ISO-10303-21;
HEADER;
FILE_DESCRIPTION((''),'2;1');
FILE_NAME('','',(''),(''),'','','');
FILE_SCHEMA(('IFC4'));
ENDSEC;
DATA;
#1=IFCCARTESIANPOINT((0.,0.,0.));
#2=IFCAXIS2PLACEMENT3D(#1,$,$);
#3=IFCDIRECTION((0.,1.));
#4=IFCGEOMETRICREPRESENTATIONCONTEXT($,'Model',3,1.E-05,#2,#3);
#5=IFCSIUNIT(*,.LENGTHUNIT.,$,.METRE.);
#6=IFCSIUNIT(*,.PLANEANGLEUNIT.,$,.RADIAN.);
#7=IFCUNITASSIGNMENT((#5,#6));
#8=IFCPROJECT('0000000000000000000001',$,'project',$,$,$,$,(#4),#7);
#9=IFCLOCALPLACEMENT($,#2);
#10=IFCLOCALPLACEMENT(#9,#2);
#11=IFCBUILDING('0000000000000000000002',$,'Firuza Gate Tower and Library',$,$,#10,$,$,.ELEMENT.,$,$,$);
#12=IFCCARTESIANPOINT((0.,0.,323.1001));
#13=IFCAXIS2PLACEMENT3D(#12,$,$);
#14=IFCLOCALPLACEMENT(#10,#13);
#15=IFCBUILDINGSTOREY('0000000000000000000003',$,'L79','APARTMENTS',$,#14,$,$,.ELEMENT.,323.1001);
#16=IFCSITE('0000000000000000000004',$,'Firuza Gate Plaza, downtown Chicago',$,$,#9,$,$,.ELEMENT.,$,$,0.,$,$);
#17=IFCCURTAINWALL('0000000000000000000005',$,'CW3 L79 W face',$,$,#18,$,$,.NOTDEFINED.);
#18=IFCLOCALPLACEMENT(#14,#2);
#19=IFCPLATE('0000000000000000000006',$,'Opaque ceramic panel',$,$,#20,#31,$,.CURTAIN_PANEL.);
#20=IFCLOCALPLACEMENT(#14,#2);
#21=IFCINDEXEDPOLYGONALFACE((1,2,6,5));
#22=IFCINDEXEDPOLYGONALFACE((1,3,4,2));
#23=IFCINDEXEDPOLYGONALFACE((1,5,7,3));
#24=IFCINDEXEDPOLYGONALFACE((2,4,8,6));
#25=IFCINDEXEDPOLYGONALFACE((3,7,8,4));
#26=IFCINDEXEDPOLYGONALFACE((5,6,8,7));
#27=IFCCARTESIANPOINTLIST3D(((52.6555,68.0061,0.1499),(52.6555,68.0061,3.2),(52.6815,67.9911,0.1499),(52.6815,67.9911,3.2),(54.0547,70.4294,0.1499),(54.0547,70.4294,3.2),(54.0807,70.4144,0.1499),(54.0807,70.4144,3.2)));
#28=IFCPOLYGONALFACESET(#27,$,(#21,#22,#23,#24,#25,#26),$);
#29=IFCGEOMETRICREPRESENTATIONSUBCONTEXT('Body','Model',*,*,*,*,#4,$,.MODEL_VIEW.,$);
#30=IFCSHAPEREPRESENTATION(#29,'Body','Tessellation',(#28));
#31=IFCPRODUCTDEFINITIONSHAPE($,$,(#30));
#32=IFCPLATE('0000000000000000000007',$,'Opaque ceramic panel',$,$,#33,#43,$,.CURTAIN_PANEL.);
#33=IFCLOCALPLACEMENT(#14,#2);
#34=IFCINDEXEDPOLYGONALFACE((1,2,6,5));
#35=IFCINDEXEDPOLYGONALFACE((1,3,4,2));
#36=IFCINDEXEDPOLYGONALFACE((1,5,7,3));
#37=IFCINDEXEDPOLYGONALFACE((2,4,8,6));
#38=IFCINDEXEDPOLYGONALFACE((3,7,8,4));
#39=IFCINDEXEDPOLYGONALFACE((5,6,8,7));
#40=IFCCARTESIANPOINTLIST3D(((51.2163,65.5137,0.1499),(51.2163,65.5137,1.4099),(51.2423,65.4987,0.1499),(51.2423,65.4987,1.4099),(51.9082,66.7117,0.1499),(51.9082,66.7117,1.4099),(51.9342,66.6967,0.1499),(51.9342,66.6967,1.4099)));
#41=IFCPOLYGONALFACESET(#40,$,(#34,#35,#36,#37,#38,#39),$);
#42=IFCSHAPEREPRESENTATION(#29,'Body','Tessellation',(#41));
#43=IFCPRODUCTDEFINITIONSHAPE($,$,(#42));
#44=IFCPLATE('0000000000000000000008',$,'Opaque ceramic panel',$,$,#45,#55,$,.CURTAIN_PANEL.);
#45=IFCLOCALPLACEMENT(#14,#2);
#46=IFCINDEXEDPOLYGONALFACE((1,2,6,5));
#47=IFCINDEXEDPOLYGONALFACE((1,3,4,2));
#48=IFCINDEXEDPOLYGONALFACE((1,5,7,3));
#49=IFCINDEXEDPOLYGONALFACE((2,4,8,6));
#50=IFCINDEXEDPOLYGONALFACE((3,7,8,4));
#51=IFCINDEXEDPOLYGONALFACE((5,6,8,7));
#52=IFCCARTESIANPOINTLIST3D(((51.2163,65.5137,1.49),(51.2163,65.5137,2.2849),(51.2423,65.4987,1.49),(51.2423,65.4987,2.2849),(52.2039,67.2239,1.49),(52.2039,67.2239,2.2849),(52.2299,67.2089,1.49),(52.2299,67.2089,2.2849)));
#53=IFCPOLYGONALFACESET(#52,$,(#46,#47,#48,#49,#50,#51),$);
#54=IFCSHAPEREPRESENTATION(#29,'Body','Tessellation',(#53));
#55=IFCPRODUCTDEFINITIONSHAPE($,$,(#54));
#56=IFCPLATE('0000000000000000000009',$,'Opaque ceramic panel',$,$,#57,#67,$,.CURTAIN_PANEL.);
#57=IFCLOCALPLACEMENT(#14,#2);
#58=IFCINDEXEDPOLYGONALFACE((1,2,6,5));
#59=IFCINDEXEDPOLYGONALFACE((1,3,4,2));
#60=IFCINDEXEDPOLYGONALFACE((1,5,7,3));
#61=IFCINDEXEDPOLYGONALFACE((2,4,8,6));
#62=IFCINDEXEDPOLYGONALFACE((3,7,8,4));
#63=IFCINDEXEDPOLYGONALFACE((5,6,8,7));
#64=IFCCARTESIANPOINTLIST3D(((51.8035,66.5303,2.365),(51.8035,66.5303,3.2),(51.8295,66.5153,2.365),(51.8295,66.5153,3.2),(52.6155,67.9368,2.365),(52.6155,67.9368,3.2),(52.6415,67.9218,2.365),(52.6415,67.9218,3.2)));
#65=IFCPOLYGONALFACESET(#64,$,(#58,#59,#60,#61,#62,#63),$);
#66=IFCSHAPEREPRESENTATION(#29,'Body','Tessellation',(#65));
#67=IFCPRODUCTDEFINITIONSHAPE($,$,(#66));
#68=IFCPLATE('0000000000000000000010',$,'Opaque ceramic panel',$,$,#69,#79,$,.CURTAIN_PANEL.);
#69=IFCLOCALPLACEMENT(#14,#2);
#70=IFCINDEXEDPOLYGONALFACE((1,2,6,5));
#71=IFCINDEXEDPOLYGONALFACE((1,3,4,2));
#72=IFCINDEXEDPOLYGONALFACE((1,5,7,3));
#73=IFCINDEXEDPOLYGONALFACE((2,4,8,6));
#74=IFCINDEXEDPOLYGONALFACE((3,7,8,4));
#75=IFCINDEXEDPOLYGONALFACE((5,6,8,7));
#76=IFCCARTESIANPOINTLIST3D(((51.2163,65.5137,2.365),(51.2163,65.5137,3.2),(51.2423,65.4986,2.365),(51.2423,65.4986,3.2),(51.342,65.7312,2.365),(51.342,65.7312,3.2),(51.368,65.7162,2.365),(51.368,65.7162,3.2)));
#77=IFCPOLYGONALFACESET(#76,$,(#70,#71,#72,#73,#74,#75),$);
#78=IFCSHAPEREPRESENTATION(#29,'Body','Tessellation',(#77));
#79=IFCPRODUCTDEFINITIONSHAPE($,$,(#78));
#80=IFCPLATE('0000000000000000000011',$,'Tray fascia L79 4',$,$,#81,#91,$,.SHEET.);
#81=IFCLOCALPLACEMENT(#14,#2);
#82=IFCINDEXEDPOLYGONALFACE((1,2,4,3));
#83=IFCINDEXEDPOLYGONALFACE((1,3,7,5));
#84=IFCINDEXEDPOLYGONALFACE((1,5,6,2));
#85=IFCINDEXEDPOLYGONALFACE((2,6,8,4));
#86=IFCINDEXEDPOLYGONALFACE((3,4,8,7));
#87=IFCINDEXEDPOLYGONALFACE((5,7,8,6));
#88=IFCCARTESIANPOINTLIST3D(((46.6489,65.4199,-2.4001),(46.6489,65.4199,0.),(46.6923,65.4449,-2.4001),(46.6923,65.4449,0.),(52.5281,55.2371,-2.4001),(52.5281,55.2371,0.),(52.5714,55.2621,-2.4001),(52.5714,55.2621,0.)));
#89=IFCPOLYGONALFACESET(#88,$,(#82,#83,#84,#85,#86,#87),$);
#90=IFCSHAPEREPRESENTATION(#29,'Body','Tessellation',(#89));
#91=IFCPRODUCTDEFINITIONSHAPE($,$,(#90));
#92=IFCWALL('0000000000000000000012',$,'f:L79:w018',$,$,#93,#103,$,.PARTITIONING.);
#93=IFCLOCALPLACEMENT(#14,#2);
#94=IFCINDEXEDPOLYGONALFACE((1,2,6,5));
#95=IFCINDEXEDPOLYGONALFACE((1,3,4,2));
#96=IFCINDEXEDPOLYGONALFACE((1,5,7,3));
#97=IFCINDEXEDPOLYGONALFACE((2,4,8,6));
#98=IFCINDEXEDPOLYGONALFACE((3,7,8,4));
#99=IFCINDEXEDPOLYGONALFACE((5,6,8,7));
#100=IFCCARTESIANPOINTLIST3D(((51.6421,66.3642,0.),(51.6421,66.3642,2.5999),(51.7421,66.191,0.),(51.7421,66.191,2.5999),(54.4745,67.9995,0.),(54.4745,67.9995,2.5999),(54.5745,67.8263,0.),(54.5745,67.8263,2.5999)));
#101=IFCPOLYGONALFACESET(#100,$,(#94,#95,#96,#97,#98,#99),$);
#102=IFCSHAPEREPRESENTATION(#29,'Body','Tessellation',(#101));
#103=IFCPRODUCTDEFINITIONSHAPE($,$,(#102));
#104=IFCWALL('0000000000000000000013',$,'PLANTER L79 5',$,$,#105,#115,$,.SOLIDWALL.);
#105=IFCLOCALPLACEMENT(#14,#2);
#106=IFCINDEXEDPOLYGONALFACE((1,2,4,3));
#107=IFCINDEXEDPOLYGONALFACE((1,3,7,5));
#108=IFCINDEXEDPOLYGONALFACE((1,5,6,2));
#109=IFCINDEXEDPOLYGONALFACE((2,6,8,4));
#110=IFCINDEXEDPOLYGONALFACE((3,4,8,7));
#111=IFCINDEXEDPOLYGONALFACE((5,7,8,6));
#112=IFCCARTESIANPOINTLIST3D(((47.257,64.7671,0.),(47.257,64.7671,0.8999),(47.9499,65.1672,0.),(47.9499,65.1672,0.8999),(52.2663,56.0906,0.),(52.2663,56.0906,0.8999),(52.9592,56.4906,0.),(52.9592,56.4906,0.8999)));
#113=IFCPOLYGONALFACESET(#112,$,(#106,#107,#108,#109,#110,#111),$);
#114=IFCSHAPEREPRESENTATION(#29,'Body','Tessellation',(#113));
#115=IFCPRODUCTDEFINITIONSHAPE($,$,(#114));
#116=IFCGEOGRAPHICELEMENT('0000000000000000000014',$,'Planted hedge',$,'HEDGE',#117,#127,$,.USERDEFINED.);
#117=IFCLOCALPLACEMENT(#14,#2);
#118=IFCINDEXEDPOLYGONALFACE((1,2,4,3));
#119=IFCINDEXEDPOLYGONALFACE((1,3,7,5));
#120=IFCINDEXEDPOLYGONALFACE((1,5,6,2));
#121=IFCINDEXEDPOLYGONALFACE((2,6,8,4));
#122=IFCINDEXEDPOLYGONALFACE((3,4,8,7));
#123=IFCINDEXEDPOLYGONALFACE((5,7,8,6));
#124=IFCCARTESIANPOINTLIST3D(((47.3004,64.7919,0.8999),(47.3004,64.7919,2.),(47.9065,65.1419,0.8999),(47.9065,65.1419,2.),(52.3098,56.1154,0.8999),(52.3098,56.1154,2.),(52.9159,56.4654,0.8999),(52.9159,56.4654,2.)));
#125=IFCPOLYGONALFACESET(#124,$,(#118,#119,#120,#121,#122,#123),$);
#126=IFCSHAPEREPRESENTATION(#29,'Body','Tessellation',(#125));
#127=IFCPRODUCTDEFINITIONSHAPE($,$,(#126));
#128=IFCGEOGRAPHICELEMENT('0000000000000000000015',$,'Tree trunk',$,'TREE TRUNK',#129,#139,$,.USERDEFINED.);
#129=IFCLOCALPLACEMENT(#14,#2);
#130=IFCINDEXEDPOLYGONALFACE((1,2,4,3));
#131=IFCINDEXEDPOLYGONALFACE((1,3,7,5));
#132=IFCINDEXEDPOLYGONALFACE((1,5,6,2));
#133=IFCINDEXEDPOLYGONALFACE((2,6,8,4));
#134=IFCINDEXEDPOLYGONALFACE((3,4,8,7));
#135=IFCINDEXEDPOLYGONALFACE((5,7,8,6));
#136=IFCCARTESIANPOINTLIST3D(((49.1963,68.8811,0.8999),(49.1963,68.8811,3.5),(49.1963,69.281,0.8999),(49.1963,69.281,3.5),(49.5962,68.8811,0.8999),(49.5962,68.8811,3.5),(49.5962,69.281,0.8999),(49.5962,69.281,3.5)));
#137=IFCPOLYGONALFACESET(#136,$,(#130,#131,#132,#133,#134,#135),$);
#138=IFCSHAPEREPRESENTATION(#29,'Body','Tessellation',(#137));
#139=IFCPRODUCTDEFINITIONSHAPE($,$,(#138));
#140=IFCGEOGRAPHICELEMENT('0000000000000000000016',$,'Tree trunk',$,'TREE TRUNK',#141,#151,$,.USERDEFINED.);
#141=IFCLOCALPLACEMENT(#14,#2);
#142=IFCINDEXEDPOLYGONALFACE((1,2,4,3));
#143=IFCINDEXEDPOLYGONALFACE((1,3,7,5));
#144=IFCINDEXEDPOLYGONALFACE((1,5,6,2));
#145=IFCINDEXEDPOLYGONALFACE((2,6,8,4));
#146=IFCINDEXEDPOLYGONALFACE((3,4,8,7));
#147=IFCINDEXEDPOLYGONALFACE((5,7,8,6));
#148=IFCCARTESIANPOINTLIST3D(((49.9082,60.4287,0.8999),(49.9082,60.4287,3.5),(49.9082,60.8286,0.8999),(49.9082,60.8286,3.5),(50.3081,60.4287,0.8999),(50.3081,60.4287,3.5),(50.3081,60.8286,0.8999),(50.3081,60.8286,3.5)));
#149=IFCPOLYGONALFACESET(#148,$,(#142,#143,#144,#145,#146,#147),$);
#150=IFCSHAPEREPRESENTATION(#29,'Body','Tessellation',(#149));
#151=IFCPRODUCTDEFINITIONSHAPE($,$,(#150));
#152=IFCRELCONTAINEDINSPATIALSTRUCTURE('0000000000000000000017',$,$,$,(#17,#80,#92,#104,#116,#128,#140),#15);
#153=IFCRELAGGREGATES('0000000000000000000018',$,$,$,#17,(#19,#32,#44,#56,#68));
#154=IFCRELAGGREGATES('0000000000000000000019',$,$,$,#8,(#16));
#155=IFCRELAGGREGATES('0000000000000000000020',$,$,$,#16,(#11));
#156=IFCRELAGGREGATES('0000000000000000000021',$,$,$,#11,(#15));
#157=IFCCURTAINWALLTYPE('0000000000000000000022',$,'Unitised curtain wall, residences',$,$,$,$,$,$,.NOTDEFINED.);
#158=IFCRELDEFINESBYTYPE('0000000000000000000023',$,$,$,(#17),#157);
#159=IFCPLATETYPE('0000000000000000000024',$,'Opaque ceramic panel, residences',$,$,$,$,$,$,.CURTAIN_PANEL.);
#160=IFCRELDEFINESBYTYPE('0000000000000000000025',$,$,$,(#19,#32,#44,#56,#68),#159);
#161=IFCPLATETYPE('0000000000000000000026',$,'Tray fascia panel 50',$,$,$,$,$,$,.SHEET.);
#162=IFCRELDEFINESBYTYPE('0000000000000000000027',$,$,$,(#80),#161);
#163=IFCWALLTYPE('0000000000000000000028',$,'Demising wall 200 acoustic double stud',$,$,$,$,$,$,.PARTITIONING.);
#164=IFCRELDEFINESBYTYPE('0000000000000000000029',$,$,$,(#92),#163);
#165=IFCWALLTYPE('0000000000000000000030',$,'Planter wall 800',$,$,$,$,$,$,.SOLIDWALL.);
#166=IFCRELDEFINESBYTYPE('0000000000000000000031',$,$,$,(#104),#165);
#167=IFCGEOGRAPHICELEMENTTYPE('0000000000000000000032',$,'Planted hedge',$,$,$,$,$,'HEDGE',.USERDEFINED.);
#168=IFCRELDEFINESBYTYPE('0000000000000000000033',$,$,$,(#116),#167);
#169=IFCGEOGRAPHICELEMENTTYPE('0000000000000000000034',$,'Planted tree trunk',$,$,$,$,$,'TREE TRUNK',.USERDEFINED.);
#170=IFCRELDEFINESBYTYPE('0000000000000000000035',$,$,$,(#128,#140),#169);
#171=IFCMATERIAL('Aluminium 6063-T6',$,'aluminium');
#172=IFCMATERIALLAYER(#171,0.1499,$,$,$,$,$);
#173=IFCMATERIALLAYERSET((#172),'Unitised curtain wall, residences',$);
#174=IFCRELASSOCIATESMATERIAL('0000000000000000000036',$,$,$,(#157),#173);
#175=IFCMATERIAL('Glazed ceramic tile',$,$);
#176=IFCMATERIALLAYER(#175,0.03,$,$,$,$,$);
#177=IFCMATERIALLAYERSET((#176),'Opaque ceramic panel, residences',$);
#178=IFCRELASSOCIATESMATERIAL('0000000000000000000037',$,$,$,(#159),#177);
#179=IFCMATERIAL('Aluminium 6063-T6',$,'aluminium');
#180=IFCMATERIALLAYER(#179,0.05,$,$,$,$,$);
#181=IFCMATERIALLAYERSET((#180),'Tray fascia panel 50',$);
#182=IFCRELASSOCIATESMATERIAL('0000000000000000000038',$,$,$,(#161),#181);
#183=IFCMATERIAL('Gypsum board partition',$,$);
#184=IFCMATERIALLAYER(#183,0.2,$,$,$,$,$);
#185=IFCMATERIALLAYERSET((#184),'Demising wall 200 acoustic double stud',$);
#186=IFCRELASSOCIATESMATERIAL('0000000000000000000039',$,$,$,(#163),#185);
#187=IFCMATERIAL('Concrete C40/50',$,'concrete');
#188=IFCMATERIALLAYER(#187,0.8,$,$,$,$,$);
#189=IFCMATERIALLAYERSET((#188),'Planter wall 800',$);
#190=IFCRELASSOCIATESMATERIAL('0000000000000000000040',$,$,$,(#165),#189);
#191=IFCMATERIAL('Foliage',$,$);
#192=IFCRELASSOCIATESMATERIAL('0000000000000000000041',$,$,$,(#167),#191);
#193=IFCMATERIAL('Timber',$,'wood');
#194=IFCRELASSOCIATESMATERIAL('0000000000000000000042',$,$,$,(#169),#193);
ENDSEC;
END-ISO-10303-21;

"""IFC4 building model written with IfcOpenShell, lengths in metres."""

from ifc_helpers import new_model, si_unit, direction, frame, frame_2d, origin, origin_2d, place, context, subcontext, project, spatial, polyline, rectangle, outline, extrude, material, layer, layer_set, type_object, element, aggregate, save


model = new_model("IFC4")

# Units and contexts
model_context = context("Model", 3, precision=1e-05, world=origin(), true_north=direction((0.0, 1.0)))
body_context = subcontext(model_context, "Body", "Model", "MODEL_VIEW")
ifc_project = project(units=[si_unit("LENGTHUNIT", "METRE"), si_unit("PLANEANGLEUNIT", "RADIAN")], contexts=[model_context])

# Site, building, storey
site_placement = place(None, origin())
site = spatial("IfcSite", under=ifc_project, at=site_placement, Name="Firuza Gate Plaza, downtown Chicago", CompositionType="ELEMENT", RefElevation=0.0)
building_placement = place(site_placement, origin())
building = spatial("IfcBuilding", under=site, at=building_placement, Name="Firuza Gate Tower and Library", CompositionType="ELEMENT")
storey_placement = place(building_placement, frame((0.0, 0.0, 323.1001)))
storey = spatial("IfcBuildingStorey", under=building, at=storey_placement, Name="L79", Description="APARTMENTS", CompositionType="ELEMENT", Elevation=323.1001)

# Curtain wall
ifc_material_1 = material(Name="Aluminium 6063-T6", Category="aluminium")
ifc_layer_1 = layer(ifc_material_1, 0.1499)
ifc_layer_set_1 = layer_set([ifc_layer_1], Name="Unitised curtain wall, residences")
curtain_wall_type_1 = type_object("IfcCurtainWallType", Name="Unitised curtain wall, residences", PredefinedType="NOTDEFINED", material=ifc_layer_set_1)
placement = place(storey_placement, origin())
curtain_wall_1 = element("IfcCurtainWall", 1, at=placement, inside=storey, type_object=curtain_wall_type_1, Name="CW3 L79 W face", PredefinedType="NOTDEFINED")

# Plates
ifc_material_2 = material(Name="Glazed ceramic tile")
ifc_layer_2 = layer(ifc_material_2, 0.03)
ifc_layer_set_2 = layer_set([ifc_layer_2], Name="Opaque ceramic panel, residences")
plate_type_1 = type_object("IfcPlateType", Name="Opaque ceramic panel, residences", PredefinedType="CURTAIN_PANEL", material=ifc_layer_set_2)
plate_1_placement = place(storey_placement, frame((54.0547, 70.4294, 0.1499), z_axis=(-0.866017, 0.500014, 0.0), x_axis=(-0.500014, -0.866017, 0.0)))
plate_1 = element("IfcPlate", 2, at=plate_1_placement, type_object=plate_type_1, Name="Opaque ceramic panel", PredefinedType="CURTAIN_PANEL", context=body_context, shape_type="SweptSolid", body=[
    extrude(outline(polyline([(0.0, 0.0), (2.7983, 0.0), (2.7983, 3.05), (0.0, 3.05), (0.0, 0.0)])), origin(), (0.0, 0.0, -1.0), 0.03),
])
plate_2_placement = place(storey_placement, frame((51.9082, 66.7117, 0.1499), z_axis=(-0.865953, 0.500125, 0.0), x_axis=(-0.500125, -0.865953, 0.0)))
plate_2 = element("IfcPlate", 3, at=plate_2_placement, type_object=plate_type_1, Name="Opaque ceramic panel", PredefinedType="CURTAIN_PANEL", context=body_context, shape_type="SweptSolid", body=[
    extrude(outline(polyline([(0.0, 0.0), (1.3834, 0.0), (1.3834, 1.26), (0.0, 1.26), (0.0, 0.0)])), origin(), (0.0, 0.0, -1.0), 0.03),
])
plate_3_placement = place(storey_placement, frame((52.2039, 67.2239, 1.49), z_axis=(-0.86599, 0.500061, 0.0), x_axis=(-0.500061, -0.86599, 0.0)))
plate_3 = element("IfcPlate", 4, at=plate_3_placement, type_object=plate_type_1, Name="Opaque ceramic panel", PredefinedType="CURTAIN_PANEL", context=body_context, shape_type="SweptSolid", body=[
    extrude(outline(polyline([(0.0, 0.0), (1.9749, 0.0), (1.9749, 0.7949), (0.0, 0.7949), (0.0, 0.0)])), origin(), (0.0, 0.0, -1.0), 0.03),
])
plate_4_placement = place(storey_placement, frame((52.6155, 67.9368, 2.365), z_axis=(-0.866033, 0.499987, 0.0), x_axis=(-0.499987, -0.866033, 0.0)))
plate_4 = element("IfcPlate", 5, at=plate_4_placement, type_object=plate_type_1, Name="Opaque ceramic panel", PredefinedType="CURTAIN_PANEL", context=body_context, shape_type="SweptSolid", body=[
    extrude(outline(polyline([(0.0, 0.0), (1.6241, 0.0), (1.6241, 0.835), (0.0, 0.835), (0.0, 0.0)])), origin(), (0.0, 0.0, -1.0), 0.03),
])
plate_5_placement = place(storey_placement, frame((51.342, 65.7312, 2.365), z_axis=(-0.865781, 0.500423, 0.0), x_axis=(-0.500423, -0.865781, 0.0)))
plate_5 = element("IfcPlate", 6, at=plate_5_placement, type_object=plate_type_1, Name="Opaque ceramic panel", PredefinedType="CURTAIN_PANEL", context=body_context, shape_type="SweptSolid", body=[
    extrude(outline(polyline([(0.0, 0.0), (0.2513, 0.0), (0.2513, 0.835), (0.0, 0.835), (0.0, 0.0)])), origin(), (0.0, 0.0, -1.0), 0.03),
])
aggregate(curtain_wall_1, [plate_1, plate_2, plate_3, plate_4, plate_5])
ifc_material_3 = material(Name="Aluminium 6063-T6", Category="aluminium")
ifc_layer_3 = layer(ifc_material_3, 0.05)
ifc_layer_set_3 = layer_set([ifc_layer_3], Name="Tray fascia panel 50")
plate_type_2 = type_object("IfcPlateType", Name="Tray fascia panel 50", PredefinedType="SHEET", material=ifc_layer_set_3)
plate_6_placement = place(storey_placement, frame((46.6489, 65.4199, -2.4001), z_axis=(-0.866023, -0.500005, 0.0), x_axis=(0.500005, -0.866023, 0.0)))
element("IfcPlate", 7, at=plate_6_placement, inside=storey, type_object=plate_type_2, Name="Tray fascia L79 4", PredefinedType="SHEET", context=body_context, shape_type="SweptSolid", body=[
    extrude(outline(polyline([(0.0, 0.0), (11.7582, 0.0), (11.7582, 2.4001), (0.0, 2.4001), (0.0, 0.0)])), origin(), (0.0, 0.0, -1.0), 0.05),
])

# Walls
ifc_material_4 = material(Name="Gypsum board partition")
ifc_layer_4 = layer(ifc_material_4, 0.2)
ifc_layer_set_4 = layer_set([ifc_layer_4], Name="Demising wall 200 acoustic double stud")
wall_type_1 = type_object("IfcWallType", Name="Demising wall 200 acoustic double stud", PredefinedType="PARTITIONING", material=ifc_layer_set_4)
wall_1_placement = place(storey_placement, frame((51.6921, 66.2776, 0.0), z_axis=(0.0, 0.0, 1.0), x_axis=(0.86602, 0.500009, 0.0)))
element("IfcWall", 8, at=wall_1_placement, inside=storey, type_object=wall_type_1, Name="f:L79:w018", PredefinedType="PARTITIONING", context=body_context, shape_type="SweptSolid", body=[
    extrude(rectangle(XDim=3.2705, YDim=0.2, at=frame_2d((1.6353, 0.0))), origin(), (0.0, 0.0, 1.0), 2.5999),
])
ifc_material_5 = material(Name="Concrete C40/50", Category="concrete")
ifc_layer_5 = layer(ifc_material_5, 0.8)
ifc_layer_set_5 = layer_set([ifc_layer_5], Name="Planter wall 800")
wall_type_2 = type_object("IfcWallType", Name="Planter wall 800", PredefinedType="SOLIDWALL", material=ifc_layer_set_5)
wall_2_placement = place(storey_placement, frame((47.6035, 64.967, 0.0), z_axis=(0.0, 0.0, 1.0), x_axis=(0.499992, -0.86603, 0.0)))
element("IfcWall", 9, at=wall_2_placement, inside=storey, type_object=wall_type_2, Name="PLANTER L79 5", PredefinedType="SOLIDWALL", context=body_context, shape_type="SweptSolid", body=[
    extrude(rectangle(XDim=10.0188, YDim=0.8, at=frame_2d((5.0093, 0.0))), origin(), (0.0, 0.0, 1.0), 0.8999),
])

# Geographic elements
ifc_material_6 = material(Name="Foliage")
geographic_element_type_1 = type_object("IfcGeographicElementType", Name="Planted hedge", ElementType="HEDGE", PredefinedType="USERDEFINED", material=ifc_material_6)
geographic_element_placement = place(storey_placement, frame((50.1082, 60.6287, 0.8999), z_axis=(0.0, 0.0, 1.0), x_axis=(0.5, -0.866025, 0.0)))
element("IfcGeographicElement", 10, at=geographic_element_placement, inside=storey, type_object=geographic_element_type_1, Name="Planted hedge", ObjectType="HEDGE", PredefinedType="USERDEFINED", context=body_context, shape_type="SweptSolid", body=[
    extrude(rectangle(XDim=10.0188, YDim=0.7, at=origin_2d()), origin(), (0.0, 0.0, 1.0), 1.1001),
])
ifc_material_7 = material(Name="Timber", Category="wood")
geographic_element_type_2 = type_object("IfcGeographicElementType", Name="Planted tree trunk", ElementType="TREE TRUNK", PredefinedType="USERDEFINED", material=ifc_material_7)
for number, where, z_axis, x_axis, name in (
    (11, (49.3962, 69.0811, 0.8999), (0.0, 0.0, 1.0), (1.0, 0.0, 0.0), "Tree trunk"),
    (12, (50.1082, 60.6287, 0.8999), (0.0, 0.0, 1.0), (1.0, 0.0, 0.0), "Tree trunk"),
):
    element("IfcGeographicElement", number, at=place(storey_placement, frame(where, z_axis=z_axis, x_axis=x_axis)), inside=storey, type_object=geographic_element_type_2, Name=name, ObjectType="TREE TRUNK", PredefinedType="USERDEFINED", context=body_context, shape_type="SweptSolid", body=[
        extrude(rectangle(XDim=0.3999, YDim=0.3999, at=origin_2d()), origin(), (0.0, 0.0, 1.0), 2.6001),
    ])

save(model, "model.ifc")
